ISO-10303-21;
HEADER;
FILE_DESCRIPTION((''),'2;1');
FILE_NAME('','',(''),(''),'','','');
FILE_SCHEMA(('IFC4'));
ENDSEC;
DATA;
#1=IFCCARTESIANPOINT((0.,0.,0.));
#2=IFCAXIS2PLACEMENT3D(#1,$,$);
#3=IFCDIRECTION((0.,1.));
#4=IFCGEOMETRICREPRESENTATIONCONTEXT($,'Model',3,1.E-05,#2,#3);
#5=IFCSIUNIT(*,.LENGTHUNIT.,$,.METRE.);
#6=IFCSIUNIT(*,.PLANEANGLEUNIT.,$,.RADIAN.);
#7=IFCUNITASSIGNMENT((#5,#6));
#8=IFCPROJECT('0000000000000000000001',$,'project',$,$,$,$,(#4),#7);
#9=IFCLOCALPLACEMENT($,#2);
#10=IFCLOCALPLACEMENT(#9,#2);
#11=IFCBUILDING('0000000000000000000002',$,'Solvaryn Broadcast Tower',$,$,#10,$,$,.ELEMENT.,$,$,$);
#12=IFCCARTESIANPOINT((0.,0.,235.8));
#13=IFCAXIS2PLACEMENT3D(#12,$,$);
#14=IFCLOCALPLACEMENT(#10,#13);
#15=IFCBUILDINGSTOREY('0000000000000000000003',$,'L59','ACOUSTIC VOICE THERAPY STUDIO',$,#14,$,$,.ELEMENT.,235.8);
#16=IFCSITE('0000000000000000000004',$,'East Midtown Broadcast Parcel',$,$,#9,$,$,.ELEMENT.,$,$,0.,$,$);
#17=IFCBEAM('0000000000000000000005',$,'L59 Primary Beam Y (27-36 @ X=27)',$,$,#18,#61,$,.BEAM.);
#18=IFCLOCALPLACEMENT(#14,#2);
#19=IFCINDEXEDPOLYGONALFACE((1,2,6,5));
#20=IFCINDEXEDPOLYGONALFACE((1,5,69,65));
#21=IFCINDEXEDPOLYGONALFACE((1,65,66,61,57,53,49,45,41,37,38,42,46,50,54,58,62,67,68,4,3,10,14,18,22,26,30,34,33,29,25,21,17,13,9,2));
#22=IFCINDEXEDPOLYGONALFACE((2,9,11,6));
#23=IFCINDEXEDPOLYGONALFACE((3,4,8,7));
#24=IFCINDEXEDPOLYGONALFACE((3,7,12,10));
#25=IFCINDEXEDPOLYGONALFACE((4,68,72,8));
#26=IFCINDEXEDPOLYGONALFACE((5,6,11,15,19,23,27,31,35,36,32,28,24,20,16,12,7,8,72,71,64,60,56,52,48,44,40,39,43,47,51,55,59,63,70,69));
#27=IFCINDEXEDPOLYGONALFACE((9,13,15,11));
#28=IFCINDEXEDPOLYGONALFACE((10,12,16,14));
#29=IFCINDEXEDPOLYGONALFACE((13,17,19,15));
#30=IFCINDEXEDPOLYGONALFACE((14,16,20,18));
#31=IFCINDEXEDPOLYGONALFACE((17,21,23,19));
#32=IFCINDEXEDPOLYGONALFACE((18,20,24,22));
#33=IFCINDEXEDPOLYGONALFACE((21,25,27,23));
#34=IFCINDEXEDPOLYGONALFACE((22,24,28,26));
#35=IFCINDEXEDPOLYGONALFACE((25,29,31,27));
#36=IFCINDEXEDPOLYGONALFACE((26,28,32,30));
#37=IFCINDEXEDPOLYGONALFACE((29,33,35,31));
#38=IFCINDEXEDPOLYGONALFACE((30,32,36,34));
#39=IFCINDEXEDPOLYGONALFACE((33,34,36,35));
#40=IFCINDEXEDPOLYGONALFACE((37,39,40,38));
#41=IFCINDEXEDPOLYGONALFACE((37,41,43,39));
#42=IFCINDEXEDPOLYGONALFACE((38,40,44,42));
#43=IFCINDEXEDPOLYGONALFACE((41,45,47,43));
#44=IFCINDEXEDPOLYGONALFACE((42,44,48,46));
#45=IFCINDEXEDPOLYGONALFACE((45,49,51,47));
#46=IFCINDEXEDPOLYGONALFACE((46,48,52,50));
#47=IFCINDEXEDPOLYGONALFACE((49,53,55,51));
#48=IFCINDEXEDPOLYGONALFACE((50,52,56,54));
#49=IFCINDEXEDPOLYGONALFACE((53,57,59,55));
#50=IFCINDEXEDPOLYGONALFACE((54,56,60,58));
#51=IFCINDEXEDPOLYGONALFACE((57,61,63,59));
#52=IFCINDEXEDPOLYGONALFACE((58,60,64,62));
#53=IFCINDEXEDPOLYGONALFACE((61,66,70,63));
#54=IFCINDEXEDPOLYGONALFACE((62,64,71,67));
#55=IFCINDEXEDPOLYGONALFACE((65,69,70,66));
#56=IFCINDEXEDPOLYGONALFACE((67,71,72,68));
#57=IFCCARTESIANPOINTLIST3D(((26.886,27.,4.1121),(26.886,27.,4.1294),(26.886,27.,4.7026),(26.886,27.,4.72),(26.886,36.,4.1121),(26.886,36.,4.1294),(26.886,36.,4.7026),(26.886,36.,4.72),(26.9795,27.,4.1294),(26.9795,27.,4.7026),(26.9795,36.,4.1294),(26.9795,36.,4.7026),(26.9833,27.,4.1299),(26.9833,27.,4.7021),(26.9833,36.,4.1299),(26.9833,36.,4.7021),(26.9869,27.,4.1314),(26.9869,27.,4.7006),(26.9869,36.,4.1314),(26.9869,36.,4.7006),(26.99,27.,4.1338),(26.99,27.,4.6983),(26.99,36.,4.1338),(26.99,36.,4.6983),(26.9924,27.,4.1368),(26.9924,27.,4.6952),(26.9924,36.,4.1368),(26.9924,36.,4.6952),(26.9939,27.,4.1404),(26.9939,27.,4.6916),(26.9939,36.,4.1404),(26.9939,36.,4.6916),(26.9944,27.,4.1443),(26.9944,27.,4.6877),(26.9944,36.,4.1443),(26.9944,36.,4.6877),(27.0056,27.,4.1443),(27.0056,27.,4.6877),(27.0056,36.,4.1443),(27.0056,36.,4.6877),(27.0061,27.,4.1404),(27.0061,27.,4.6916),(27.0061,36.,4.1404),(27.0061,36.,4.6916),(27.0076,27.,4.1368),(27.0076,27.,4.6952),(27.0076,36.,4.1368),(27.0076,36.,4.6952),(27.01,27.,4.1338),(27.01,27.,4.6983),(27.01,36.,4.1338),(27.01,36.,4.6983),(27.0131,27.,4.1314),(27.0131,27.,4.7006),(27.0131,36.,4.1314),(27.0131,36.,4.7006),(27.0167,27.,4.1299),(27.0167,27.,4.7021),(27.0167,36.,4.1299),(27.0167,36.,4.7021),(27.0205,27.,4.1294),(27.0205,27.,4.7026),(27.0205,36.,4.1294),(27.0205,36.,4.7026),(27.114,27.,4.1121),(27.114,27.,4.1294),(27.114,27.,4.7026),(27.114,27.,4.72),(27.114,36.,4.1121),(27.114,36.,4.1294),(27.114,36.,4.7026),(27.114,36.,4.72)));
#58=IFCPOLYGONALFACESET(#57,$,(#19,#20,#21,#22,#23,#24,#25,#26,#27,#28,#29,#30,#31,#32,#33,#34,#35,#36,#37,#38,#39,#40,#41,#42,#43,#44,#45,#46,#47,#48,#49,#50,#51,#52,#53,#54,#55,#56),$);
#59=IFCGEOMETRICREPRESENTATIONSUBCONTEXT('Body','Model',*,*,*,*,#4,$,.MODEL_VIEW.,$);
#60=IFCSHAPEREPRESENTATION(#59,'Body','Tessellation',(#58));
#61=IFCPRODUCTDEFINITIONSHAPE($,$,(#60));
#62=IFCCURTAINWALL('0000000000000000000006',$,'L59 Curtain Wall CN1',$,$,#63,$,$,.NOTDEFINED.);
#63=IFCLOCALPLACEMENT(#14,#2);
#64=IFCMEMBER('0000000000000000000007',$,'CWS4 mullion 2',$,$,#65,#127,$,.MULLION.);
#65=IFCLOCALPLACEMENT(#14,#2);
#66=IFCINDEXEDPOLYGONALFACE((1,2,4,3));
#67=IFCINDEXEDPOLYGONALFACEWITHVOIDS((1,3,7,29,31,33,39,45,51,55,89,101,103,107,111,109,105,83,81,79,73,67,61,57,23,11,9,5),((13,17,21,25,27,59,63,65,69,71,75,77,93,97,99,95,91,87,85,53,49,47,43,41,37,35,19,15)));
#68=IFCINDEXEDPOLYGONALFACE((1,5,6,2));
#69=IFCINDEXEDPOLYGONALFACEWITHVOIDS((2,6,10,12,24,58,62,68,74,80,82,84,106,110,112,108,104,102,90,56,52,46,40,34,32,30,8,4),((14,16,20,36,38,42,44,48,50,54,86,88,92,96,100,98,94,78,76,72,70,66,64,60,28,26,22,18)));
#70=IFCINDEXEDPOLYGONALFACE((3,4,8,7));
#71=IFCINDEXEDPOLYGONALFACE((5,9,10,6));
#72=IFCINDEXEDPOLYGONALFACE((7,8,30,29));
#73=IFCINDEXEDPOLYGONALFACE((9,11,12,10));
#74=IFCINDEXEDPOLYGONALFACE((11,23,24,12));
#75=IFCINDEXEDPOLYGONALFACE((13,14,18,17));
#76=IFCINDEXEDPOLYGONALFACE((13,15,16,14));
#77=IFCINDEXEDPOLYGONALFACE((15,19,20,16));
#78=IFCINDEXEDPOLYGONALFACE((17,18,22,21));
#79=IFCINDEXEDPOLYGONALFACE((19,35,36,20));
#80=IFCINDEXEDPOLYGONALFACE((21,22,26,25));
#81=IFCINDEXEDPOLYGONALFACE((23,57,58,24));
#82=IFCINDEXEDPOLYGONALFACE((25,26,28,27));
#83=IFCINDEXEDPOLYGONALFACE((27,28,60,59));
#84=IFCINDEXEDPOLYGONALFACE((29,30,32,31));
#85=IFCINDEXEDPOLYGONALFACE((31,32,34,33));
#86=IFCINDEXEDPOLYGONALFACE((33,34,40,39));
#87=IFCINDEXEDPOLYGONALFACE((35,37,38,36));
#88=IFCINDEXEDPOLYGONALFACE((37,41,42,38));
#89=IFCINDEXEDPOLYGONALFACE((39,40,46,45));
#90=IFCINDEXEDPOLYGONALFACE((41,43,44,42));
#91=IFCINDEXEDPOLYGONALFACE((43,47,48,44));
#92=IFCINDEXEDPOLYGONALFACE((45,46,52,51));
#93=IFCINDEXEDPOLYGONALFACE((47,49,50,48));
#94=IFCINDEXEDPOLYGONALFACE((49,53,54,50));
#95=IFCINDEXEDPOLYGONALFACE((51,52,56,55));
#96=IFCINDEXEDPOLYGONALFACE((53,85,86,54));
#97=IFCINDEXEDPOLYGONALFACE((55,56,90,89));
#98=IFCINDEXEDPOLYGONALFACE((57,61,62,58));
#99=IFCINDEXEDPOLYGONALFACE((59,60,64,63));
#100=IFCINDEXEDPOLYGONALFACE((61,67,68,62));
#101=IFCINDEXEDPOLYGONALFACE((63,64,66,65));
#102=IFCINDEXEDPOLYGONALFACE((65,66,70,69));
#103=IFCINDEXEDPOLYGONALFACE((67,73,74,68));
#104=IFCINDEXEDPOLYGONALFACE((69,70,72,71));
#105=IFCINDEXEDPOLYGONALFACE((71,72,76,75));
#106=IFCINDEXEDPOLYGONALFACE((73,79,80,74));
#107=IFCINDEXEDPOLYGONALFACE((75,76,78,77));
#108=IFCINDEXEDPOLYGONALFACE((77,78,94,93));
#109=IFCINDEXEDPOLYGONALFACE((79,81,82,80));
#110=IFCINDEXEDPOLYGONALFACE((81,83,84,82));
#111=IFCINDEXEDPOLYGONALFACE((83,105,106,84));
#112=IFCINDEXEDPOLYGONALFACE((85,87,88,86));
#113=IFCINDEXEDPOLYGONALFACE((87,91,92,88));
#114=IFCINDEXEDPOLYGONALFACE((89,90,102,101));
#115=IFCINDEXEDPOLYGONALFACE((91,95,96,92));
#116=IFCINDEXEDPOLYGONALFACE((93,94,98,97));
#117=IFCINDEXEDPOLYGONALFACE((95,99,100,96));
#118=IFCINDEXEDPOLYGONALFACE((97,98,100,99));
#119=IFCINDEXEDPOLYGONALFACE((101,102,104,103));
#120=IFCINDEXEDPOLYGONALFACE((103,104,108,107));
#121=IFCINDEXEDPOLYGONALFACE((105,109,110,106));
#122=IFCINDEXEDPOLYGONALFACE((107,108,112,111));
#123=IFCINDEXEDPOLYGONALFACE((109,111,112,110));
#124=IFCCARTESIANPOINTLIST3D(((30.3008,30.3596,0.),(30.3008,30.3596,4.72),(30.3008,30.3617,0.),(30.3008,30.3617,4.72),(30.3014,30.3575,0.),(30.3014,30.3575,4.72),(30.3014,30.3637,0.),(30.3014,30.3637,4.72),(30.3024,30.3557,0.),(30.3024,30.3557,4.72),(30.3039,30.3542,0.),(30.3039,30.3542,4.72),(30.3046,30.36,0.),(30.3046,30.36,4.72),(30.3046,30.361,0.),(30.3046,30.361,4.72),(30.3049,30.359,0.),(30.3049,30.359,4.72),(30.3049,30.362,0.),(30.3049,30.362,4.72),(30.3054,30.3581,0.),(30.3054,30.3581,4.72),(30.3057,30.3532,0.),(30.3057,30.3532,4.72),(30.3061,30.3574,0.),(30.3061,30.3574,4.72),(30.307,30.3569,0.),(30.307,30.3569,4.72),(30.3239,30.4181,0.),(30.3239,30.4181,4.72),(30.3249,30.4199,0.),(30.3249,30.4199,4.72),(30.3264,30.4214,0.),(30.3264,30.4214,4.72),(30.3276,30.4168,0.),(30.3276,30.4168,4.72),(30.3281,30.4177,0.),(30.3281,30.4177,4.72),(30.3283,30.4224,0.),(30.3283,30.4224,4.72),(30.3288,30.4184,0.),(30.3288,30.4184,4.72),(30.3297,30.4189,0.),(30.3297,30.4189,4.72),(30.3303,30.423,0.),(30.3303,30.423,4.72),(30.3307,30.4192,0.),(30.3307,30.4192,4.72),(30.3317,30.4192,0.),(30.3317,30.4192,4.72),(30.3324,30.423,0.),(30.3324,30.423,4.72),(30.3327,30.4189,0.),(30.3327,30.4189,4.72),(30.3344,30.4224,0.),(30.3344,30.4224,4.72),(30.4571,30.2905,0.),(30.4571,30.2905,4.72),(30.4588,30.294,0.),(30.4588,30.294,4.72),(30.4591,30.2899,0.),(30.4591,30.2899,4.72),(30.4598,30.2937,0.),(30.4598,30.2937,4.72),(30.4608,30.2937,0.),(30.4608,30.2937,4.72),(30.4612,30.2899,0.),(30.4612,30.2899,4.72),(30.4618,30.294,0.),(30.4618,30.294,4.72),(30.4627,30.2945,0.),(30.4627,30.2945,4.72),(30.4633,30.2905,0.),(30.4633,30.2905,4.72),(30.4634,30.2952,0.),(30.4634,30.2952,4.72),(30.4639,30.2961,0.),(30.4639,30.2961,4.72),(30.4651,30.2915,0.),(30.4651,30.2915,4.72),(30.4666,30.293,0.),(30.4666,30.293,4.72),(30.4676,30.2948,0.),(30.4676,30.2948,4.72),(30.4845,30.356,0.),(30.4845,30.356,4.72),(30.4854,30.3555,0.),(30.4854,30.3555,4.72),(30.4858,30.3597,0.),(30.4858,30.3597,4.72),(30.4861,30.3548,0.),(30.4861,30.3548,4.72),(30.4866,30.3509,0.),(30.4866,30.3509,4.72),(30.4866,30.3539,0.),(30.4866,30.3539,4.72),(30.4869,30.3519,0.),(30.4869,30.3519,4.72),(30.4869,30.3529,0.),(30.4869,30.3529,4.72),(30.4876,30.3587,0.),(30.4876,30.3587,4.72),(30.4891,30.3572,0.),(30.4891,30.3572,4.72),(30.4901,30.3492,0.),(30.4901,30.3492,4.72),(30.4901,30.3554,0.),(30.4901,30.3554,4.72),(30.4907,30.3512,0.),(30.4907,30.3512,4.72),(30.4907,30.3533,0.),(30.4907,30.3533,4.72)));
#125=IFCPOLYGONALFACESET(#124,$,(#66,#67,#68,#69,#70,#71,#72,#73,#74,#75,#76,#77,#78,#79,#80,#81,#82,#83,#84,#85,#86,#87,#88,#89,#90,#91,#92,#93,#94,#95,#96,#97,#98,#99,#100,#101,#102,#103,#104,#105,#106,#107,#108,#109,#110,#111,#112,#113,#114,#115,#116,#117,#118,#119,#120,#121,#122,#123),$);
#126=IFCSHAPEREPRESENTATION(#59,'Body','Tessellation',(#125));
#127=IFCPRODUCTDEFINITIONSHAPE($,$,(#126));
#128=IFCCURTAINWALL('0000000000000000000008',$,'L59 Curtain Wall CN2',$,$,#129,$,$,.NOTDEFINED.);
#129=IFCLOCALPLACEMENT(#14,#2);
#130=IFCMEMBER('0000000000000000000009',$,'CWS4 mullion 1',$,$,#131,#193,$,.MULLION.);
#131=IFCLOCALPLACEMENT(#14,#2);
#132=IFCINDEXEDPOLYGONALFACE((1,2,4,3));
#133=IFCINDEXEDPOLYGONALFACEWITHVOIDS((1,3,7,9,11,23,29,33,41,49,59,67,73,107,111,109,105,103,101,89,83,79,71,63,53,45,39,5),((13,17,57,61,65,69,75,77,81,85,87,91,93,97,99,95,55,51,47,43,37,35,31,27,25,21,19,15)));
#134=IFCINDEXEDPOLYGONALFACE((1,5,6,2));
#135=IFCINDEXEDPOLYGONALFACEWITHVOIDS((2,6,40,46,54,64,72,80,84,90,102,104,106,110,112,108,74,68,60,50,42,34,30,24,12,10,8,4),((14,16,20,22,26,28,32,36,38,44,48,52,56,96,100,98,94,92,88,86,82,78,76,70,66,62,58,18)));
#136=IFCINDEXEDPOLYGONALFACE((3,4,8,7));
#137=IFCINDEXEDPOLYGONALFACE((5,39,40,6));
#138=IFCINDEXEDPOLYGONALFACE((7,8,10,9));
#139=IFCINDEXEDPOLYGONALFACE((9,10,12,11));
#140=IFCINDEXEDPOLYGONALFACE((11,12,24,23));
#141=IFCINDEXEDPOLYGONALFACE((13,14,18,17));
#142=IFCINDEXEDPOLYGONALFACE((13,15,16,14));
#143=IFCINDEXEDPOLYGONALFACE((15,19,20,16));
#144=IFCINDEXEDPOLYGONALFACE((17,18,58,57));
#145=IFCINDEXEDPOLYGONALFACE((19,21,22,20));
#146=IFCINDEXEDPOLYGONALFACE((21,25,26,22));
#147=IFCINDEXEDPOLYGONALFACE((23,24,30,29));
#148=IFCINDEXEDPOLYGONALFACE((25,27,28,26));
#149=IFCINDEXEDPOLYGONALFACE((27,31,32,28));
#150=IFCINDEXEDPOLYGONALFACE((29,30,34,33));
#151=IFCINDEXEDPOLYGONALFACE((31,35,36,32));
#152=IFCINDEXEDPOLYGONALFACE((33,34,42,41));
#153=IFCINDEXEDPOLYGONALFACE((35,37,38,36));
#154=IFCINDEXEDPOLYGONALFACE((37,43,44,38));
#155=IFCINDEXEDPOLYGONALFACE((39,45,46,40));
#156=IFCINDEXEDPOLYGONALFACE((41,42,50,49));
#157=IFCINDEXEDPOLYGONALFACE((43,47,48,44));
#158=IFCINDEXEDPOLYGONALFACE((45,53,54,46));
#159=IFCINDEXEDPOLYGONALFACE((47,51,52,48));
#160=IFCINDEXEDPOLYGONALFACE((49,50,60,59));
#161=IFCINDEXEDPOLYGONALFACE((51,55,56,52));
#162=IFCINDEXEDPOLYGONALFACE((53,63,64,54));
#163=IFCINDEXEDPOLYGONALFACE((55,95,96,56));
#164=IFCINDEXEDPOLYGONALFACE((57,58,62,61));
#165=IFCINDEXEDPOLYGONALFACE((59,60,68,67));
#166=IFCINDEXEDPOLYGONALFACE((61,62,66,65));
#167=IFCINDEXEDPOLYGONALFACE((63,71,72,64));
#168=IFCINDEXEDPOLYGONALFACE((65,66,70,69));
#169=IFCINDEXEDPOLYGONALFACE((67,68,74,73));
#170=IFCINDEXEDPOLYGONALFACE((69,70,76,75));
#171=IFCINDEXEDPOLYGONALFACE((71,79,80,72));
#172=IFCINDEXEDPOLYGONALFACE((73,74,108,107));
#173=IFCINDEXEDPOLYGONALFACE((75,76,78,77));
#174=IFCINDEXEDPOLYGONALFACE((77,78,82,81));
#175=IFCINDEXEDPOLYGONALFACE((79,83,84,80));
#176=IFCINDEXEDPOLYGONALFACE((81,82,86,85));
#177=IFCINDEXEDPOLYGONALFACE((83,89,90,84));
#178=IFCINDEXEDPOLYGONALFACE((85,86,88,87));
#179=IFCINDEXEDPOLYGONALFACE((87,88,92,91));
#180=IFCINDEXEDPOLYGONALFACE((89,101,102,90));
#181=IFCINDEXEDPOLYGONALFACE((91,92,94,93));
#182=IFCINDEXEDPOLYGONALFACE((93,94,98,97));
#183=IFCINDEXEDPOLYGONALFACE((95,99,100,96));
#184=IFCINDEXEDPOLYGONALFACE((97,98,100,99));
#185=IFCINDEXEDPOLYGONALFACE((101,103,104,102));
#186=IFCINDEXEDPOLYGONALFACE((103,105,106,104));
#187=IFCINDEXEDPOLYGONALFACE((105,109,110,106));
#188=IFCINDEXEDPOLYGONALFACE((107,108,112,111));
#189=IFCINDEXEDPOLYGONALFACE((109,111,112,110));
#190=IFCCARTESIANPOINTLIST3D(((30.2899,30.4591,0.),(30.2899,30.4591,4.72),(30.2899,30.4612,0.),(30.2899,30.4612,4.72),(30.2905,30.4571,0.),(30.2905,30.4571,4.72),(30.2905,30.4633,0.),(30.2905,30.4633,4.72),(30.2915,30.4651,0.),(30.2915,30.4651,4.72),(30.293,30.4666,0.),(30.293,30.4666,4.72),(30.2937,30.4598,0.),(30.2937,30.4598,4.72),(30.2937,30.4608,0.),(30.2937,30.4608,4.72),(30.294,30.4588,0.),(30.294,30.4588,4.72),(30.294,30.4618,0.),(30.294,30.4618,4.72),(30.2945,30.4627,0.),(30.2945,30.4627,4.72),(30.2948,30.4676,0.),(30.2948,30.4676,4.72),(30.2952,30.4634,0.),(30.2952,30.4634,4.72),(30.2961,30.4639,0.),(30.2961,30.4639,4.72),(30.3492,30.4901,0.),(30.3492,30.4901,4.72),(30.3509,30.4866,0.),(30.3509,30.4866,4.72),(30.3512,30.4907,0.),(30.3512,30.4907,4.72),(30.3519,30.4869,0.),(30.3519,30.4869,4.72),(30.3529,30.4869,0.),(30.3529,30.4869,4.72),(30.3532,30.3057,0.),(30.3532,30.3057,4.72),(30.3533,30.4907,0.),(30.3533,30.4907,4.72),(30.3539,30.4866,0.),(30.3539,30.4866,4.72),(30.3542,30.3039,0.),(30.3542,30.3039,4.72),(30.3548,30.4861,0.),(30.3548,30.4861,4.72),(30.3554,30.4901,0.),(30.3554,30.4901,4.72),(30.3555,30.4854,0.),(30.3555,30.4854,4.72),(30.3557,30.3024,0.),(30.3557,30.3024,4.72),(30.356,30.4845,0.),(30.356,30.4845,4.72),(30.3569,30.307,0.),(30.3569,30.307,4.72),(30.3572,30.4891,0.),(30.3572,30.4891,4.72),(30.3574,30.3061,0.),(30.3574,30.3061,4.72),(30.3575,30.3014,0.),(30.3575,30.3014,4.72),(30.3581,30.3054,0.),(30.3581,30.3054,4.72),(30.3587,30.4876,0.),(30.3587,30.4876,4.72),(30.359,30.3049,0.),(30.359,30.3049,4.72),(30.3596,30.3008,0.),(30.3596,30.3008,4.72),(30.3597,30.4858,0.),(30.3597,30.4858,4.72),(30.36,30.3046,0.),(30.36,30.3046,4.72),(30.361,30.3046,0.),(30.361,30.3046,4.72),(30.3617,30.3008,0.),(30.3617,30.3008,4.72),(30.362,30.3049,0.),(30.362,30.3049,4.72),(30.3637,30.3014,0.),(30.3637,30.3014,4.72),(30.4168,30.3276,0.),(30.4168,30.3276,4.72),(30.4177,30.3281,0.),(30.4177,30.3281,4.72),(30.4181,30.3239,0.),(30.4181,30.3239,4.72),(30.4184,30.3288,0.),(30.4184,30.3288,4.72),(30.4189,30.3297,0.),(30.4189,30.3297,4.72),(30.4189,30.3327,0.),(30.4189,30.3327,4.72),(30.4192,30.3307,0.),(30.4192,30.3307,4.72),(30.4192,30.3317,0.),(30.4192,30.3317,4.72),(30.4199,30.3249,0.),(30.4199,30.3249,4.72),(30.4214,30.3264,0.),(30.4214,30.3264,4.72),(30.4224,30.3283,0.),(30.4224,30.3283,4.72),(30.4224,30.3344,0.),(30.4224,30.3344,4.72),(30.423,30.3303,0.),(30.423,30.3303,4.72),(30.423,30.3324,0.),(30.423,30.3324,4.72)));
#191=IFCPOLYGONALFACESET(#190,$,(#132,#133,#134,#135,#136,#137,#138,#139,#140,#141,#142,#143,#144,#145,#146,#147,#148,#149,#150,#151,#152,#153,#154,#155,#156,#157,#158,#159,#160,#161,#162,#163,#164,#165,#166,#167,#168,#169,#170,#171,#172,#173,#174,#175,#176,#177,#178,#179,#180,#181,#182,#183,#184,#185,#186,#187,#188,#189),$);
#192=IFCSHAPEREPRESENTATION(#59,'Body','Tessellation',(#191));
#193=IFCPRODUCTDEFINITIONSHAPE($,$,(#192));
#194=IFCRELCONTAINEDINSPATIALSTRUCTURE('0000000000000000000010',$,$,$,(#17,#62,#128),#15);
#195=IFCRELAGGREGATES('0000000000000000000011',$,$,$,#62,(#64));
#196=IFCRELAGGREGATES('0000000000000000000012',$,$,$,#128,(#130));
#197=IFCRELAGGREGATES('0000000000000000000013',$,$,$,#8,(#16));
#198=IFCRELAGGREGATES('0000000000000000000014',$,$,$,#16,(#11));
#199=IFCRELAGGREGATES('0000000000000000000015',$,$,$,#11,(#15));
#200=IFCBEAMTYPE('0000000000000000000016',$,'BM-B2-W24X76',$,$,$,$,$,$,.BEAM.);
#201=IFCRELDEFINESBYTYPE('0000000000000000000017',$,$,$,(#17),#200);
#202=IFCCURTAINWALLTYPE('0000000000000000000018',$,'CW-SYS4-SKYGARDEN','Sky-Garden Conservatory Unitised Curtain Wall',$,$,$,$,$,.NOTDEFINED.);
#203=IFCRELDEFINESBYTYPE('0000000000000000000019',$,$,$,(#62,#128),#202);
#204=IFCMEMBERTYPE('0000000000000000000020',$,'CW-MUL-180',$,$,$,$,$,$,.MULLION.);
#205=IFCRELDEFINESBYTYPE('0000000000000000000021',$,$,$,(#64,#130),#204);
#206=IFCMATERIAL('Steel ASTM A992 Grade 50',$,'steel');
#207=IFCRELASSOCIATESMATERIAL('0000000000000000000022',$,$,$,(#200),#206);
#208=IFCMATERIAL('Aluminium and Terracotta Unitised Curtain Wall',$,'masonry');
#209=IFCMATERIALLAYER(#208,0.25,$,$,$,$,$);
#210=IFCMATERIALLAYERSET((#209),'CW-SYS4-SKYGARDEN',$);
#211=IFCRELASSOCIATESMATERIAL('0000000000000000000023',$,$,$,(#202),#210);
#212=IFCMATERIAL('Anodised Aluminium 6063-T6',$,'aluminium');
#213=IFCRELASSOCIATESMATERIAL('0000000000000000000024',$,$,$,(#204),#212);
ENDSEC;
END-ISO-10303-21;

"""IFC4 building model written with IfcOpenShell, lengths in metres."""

from ifc_helpers import new_model, si_unit, direction, frame, origin, origin_2d, place, context, subcontext, project, spatial, hollow_rectangle, i_section, extrude, material, layer, layer_set, material_profile, profile_set, type_object, element, aggregate, save


model = new_model("IFC4")

# Units and contexts
model_context = context("Model", 3, precision=1e-05, world=origin(), true_north=direction((0.0, 1.0)))
body_context = subcontext(model_context, "Body", "Model", "MODEL_VIEW")
ifc_project = project(units=[si_unit("LENGTHUNIT", "METRE"), si_unit("PLANEANGLEUNIT", "RADIAN")], contexts=[model_context])

# Site, building, storey
site_placement = place(None, origin())
site = spatial("IfcSite", under=ifc_project, at=site_placement, Name="East Midtown Broadcast Parcel", CompositionType="ELEMENT", RefElevation=0.0)
building_placement = place(site_placement, origin())
building = spatial("IfcBuilding", under=site, at=building_placement, Name="Solvaryn Broadcast Tower", CompositionType="ELEMENT")
storey_placement = place(building_placement, frame((0.0, 0.0, 235.8)))
storey = spatial("IfcBuildingStorey", under=building, at=storey_placement, Name="L59", Description="ACOUSTIC VOICE THERAPY STUDIO", CompositionType="ELEMENT", Elevation=235.8)

# Beam
ifc_material_1 = material(Name="Steel ASTM A992 Grade 50", Category="steel")
ifc_material_profile_1 = material_profile(ifc_material_1, i_section(OverallWidth=0.228, OverallDepth=0.6079, WebThickness=0.0112, FlangeThickness=0.0173, FilletRadius=0.0149, at=origin_2d()))
ifc_profile_set_1 = profile_set([ifc_material_profile_1], Name="Steel ASTM A992 Grade 50")
beam_type_1 = type_object("IfcBeamType", Name="BM-B2-W24X76", PredefinedType="BEAM", material=ifc_profile_set_1)
beam_1_placement = place(storey_placement, frame((27.0, 27.0, 4.416), z_axis=(0.0, 1.0, 0.0), x_axis=(-1.0, 0.0, 0.0)))
element("IfcBeam", 1, at=beam_1_placement, inside=storey, type_object=beam_type_1, Name="L59 Primary Beam Y (27-36 @ X=27)", PredefinedType="BEAM", context=body_context, shape_type="SweptSolid", body=[
    extrude(i_section(OverallWidth=0.228, OverallDepth=0.6079, WebThickness=0.0112, FlangeThickness=0.0173, FilletRadius=0.0149, at=origin_2d()), origin(), (0.0, 0.0, 1.0), 9.0),
])

# Curtain wall, member
ifc_material_2 = material(Name="Aluminium and Terracotta Unitised Curtain Wall", Category="masonry")
ifc_layer_1 = layer(ifc_material_2, 0.25)
ifc_layer_set_1 = layer_set([ifc_layer_1], Name="CW-SYS4-SKYGARDEN")
curtain_wall_type = type_object("IfcCurtainWallType", Name="CW-SYS4-SKYGARDEN", Description="Sky-Garden Conservatory Unitised Curtain Wall", PredefinedType="NOTDEFINED", material=ifc_layer_set_1)
curtain_wall_1_placement = place(storey_placement, origin())
curtain_wall_1 = element("IfcCurtainWall", 2, at=curtain_wall_1_placement, inside=storey, type_object=curtain_wall_type, Name="L59 Curtain Wall CN1", PredefinedType="NOTDEFINED")
ifc_material_3 = material(Name="Anodised Aluminium 6063-T6", Category="aluminium")
ifc_material_profile_2 = material_profile(ifc_material_3, hollow_rectangle(XDim=0.075, YDim=0.1799, WallThickness=0.0039, InnerFilletRadius=0.0039, OuterFilletRadius=0.0081, at=origin_2d()))
ifc_profile_set_2 = profile_set([ifc_material_profile_2], Name="Anodised Aluminium 6063-T6")
member_type_1 = type_object("IfcMemberType", Name="CW-MUL-180", PredefinedType="MULLION", material=ifc_profile_set_2)
member_1_placement = place(storey_placement, frame((30.3958, 30.3564, 0.0), z_axis=(0.0, 0.0, 1.0), x_axis=(-0.382646, -0.923895, 0.0)))
member_1 = element("IfcMember", 3, at=member_1_placement, type_object=member_type_1, Name="CWS4 mullion 2", PredefinedType="MULLION", context=body_context, shape_type="SweptSolid", body=[
    extrude(hollow_rectangle(XDim=0.075, YDim=0.1799, WallThickness=0.0039, InnerFilletRadius=0.0039, OuterFilletRadius=0.0081, at=origin_2d()), origin(), (0.0, 0.0, 1.0), 4.72),
])
aggregate(curtain_wall_1, [member_1])

# Curtain wall, member
curtain_wall_2_placement = place(storey_placement, origin())
curtain_wall_2 = element("IfcCurtainWall", 4, at=curtain_wall_2_placement, inside=storey, type_object=curtain_wall_type, Name="L59 Curtain Wall CN2", PredefinedType="NOTDEFINED")
member_2_placement = place(storey_placement, frame((30.3564, 30.3958, 0.0), z_axis=(0.0, 0.0, 1.0), x_axis=(-0.923895, -0.382646, 0.0)))
member_2 = element("IfcMember", 5, at=member_2_placement, type_object=member_type_1, Name="CWS4 mullion 1", PredefinedType="MULLION", context=body_context, shape_type="SweptSolid", body=[
    extrude(hollow_rectangle(XDim=0.075, YDim=0.1799, WallThickness=0.0039, InnerFilletRadius=0.0039, OuterFilletRadius=0.0081, at=origin_2d()), origin(), (0.0, 0.0, 1.0), 4.72),
])
aggregate(curtain_wall_2, [member_2])

save(model, "model.ifc")
